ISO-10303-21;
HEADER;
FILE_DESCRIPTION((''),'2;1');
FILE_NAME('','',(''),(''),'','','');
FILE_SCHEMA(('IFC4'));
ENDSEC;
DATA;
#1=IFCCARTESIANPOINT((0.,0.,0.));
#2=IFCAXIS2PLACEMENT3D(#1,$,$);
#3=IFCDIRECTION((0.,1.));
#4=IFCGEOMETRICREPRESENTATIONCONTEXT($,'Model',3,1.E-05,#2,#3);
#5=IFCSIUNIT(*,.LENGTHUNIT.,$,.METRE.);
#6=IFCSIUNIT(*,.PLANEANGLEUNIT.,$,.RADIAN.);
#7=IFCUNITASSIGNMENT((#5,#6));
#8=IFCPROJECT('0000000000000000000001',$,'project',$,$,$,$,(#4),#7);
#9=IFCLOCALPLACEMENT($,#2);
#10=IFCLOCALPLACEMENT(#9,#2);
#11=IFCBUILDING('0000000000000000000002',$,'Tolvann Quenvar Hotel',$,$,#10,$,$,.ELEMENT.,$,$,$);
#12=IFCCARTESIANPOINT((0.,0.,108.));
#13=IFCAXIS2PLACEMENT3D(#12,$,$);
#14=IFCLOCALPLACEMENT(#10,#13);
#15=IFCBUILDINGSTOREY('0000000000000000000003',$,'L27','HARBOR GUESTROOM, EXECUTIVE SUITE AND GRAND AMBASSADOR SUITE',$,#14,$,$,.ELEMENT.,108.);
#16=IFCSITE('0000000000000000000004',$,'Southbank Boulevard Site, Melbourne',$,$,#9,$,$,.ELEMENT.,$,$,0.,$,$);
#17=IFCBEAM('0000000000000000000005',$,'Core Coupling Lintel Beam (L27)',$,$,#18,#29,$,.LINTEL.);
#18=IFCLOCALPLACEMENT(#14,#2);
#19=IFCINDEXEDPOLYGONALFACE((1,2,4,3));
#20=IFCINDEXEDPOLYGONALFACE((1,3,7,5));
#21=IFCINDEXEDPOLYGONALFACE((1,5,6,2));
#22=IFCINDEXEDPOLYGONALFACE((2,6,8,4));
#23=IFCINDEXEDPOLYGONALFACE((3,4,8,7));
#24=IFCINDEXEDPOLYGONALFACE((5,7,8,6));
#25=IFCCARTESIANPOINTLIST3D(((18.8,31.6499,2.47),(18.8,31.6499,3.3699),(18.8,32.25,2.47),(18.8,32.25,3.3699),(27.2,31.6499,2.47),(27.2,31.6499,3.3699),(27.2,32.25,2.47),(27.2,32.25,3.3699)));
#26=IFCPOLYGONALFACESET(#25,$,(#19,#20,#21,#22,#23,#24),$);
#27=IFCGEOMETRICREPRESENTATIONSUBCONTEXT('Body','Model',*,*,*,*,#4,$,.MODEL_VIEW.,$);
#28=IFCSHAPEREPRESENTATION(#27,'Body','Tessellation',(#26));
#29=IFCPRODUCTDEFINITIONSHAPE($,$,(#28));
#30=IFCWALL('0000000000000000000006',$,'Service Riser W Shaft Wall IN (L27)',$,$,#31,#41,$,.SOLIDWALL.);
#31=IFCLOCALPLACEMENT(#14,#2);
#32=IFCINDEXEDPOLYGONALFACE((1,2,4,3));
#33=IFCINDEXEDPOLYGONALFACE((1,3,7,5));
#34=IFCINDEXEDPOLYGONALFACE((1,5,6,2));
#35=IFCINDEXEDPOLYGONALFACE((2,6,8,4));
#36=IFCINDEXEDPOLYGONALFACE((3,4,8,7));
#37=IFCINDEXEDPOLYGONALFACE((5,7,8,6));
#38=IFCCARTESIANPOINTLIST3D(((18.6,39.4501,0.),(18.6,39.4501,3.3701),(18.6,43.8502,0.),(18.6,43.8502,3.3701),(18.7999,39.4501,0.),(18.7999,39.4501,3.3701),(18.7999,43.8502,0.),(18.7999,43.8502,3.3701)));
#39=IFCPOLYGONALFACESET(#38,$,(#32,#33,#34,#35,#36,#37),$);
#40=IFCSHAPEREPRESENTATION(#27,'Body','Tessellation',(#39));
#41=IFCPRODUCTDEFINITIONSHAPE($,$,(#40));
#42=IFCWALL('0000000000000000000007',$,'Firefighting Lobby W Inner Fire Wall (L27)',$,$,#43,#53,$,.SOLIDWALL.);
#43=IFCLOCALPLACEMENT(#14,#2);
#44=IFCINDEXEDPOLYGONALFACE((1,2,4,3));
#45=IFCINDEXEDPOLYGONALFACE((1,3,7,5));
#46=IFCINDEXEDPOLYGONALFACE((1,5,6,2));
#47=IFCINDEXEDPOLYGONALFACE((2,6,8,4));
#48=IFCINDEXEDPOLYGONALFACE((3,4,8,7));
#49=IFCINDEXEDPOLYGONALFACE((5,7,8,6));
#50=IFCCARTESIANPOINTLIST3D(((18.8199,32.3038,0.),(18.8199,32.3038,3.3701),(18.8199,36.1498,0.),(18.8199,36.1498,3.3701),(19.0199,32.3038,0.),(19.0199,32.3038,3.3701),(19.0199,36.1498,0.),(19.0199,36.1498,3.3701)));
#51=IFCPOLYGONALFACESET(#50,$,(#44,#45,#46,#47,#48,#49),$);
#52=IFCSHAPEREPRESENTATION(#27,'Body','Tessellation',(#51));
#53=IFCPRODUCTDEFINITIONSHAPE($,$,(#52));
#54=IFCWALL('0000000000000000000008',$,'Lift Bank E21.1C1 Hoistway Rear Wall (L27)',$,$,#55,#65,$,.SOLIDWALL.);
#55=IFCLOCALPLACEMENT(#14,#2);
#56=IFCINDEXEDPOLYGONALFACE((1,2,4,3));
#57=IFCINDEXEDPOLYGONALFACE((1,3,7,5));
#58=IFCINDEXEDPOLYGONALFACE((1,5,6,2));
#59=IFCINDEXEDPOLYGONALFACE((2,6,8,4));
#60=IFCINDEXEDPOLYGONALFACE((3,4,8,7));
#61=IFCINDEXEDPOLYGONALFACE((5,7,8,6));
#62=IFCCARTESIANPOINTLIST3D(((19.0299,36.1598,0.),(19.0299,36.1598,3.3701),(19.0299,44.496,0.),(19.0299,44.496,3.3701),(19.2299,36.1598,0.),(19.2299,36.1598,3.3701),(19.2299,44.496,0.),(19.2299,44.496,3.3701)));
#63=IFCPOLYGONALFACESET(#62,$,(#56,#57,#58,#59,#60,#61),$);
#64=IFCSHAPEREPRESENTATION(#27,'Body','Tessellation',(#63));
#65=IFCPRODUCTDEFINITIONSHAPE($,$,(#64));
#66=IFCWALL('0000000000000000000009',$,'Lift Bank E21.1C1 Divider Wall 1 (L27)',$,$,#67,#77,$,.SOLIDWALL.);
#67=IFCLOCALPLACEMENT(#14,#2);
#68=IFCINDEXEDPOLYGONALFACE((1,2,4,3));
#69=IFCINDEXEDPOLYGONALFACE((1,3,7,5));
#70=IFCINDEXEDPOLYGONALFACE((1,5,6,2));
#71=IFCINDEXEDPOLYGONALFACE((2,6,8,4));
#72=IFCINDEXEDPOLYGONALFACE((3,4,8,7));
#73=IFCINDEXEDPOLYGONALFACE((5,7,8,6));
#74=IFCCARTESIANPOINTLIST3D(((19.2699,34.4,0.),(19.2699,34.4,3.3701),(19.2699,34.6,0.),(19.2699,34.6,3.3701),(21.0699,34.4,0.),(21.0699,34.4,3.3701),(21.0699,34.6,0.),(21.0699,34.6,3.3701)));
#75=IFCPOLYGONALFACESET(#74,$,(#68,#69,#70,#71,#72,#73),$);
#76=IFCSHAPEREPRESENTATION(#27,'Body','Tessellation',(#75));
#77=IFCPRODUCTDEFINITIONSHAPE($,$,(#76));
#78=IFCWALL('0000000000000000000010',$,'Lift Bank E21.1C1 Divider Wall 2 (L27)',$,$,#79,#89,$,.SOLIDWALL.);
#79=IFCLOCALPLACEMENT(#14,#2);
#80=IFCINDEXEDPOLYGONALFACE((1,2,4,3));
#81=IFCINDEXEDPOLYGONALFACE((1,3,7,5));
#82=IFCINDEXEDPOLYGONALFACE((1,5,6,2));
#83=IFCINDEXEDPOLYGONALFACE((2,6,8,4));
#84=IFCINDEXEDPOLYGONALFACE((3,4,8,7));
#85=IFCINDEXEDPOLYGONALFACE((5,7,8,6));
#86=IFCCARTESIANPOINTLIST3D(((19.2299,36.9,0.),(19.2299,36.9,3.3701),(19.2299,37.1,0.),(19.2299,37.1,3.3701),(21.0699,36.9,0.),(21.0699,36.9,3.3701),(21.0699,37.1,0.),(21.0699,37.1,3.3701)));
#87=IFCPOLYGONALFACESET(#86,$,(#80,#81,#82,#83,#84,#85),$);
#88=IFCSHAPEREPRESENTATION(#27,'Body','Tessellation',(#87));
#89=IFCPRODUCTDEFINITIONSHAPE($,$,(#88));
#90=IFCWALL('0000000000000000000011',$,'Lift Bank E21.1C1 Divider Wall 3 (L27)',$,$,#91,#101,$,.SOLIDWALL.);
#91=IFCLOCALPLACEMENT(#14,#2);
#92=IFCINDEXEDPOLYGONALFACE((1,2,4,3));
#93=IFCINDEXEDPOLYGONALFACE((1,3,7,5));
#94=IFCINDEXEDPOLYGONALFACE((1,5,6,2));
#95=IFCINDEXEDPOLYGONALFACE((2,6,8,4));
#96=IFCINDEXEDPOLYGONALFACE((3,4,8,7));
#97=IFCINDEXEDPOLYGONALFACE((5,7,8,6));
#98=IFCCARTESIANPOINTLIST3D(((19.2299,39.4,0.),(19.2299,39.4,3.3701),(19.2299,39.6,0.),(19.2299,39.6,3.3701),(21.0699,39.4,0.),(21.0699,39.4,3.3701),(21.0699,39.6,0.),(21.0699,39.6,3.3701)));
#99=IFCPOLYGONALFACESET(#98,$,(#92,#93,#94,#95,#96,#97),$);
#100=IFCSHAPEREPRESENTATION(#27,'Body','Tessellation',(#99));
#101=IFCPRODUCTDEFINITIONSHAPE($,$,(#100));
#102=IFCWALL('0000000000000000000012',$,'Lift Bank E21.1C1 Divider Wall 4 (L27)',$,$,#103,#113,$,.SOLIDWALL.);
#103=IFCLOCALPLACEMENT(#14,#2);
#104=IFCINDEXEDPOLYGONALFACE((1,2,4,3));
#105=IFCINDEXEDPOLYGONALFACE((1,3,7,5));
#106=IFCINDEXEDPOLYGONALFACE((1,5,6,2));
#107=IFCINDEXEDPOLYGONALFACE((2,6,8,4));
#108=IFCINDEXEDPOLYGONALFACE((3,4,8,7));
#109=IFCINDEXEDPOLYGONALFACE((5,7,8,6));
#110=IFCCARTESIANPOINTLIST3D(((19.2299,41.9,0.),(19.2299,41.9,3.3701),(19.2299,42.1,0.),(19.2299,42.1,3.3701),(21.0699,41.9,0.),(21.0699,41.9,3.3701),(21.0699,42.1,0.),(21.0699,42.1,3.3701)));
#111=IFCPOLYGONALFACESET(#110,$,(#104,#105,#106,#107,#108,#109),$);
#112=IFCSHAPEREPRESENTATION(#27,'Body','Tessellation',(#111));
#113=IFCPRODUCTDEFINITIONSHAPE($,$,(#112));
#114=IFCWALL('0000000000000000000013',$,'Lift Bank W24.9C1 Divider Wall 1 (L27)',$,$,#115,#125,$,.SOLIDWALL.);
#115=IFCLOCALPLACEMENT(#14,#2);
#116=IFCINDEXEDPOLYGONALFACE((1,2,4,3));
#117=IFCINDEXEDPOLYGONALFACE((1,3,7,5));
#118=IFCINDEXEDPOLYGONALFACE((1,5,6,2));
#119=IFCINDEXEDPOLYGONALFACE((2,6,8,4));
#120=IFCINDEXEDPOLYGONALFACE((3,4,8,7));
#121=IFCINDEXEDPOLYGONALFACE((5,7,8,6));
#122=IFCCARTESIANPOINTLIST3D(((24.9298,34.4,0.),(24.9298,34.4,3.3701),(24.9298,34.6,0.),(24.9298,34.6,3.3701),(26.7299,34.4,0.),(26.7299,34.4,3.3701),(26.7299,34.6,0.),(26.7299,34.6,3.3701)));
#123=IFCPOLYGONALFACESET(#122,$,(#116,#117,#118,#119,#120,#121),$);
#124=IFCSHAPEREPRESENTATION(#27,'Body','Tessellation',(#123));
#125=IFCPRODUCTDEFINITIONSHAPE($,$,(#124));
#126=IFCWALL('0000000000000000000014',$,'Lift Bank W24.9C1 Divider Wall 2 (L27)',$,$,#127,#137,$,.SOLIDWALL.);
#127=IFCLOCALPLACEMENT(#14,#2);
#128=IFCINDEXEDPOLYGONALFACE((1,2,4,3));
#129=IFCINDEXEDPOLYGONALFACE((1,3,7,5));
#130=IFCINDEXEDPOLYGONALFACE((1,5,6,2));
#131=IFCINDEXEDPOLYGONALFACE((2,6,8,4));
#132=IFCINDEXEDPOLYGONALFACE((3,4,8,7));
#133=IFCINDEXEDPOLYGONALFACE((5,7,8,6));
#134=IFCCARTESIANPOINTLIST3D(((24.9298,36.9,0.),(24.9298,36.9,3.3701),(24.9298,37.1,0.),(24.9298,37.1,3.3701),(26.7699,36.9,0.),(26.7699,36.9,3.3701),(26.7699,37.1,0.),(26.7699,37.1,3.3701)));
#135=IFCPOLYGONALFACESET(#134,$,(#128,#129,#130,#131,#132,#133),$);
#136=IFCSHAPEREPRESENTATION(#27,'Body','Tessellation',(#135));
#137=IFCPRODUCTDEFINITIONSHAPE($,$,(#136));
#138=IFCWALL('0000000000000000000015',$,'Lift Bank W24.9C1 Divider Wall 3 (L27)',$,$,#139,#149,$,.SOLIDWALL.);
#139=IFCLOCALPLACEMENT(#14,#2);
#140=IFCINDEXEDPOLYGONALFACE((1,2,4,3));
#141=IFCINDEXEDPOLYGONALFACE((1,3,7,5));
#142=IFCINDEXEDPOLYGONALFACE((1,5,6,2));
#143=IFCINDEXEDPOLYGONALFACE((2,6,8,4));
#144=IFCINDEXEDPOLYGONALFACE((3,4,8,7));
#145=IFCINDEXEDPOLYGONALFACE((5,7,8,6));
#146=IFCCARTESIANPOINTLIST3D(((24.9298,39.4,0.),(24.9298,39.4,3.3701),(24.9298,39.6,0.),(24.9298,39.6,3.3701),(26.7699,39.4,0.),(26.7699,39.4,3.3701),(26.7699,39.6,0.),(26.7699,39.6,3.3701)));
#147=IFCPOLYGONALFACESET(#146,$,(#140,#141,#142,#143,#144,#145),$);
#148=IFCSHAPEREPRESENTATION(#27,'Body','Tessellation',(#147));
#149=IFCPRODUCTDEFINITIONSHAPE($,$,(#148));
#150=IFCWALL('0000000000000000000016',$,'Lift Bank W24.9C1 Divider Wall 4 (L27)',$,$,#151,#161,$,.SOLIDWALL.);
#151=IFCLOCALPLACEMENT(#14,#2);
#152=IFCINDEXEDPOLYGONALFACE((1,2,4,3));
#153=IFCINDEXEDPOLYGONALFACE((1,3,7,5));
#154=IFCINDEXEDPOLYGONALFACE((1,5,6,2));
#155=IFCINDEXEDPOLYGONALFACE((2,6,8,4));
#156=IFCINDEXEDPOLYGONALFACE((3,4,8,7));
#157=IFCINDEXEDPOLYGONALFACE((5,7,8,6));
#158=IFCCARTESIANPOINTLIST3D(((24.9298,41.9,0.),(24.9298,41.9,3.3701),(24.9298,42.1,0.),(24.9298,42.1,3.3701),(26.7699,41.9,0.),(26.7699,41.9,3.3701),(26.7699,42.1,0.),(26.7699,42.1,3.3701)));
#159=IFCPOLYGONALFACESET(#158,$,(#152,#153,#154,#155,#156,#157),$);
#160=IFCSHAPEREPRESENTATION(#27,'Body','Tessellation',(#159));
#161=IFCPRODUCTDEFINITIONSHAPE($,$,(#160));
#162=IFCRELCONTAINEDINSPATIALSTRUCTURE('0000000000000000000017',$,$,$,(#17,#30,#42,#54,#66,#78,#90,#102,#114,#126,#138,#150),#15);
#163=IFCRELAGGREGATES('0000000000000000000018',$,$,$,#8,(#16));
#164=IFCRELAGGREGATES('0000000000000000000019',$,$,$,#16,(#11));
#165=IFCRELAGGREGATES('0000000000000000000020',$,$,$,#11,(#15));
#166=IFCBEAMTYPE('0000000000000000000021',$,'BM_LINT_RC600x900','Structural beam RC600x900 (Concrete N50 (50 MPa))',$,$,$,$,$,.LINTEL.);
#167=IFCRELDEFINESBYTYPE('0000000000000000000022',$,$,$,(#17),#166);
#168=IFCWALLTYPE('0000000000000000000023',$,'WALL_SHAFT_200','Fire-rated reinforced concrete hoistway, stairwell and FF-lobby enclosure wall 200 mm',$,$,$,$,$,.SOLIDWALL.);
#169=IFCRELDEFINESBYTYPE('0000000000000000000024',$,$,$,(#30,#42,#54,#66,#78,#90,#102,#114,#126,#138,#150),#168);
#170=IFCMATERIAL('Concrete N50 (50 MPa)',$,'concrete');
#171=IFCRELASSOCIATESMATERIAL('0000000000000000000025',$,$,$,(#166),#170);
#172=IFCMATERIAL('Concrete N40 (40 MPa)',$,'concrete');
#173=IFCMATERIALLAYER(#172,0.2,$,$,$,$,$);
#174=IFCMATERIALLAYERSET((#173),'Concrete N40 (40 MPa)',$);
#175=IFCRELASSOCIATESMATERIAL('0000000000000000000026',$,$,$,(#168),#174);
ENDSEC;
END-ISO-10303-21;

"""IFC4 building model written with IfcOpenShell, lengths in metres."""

from ifc_helpers import new_model, si_unit, direction, frame, frame_2d, origin, origin_2d, place, context, subcontext, project, spatial, rectangle, extrude, source, transform, mapped, material, layer, layer_set, material_profile, profile_set, type_object, type_shapes, element, save


model = new_model("IFC4")

# Units and contexts
model_context = context("Model", 3, precision=1e-05, world=origin(), true_north=direction((0.0, 1.0)))
body_context = subcontext(model_context, "Body", "Model", "MODEL_VIEW")
ifc_project = project(units=[si_unit("LENGTHUNIT", "METRE"), si_unit("PLANEANGLEUNIT", "RADIAN")], contexts=[model_context])

# Site, building, storey
site_placement = place(None, origin())
site = spatial("IfcSite", under=ifc_project, at=site_placement, Name="Southbank Boulevard Site, Melbourne", CompositionType="ELEMENT", RefElevation=0.0)
building_placement = place(site_placement, origin())
building = spatial("IfcBuilding", under=site, at=building_placement, Name="Tolvann Quenvar Hotel", CompositionType="ELEMENT")
storey_placement = place(building_placement, frame((0.0, 0.0, 108.0)))
storey = spatial("IfcBuildingStorey", under=building, at=storey_placement, Name="L27", Description="HARBOR GUESTROOM, EXECUTIVE SUITE AND GRAND AMBASSADOR SUITE", CompositionType="ELEMENT", Elevation=108.0)

# Beam
ifc_material_1 = material(Name="Concrete N50 (50 MPa)", Category="concrete")
ifc_material_profile = material_profile(ifc_material_1, rectangle(XDim=0.6001, YDim=0.8999, at=origin_2d()), Name="RC600x900")
ifc_profile_set = profile_set([ifc_material_profile], Name="Concrete N50 (50 MPa)")
beam_type = type_object("IfcBeamType", Name="BM_LINT_RC600x900", Description="Structural beam RC600x900 (Concrete N50 (50 MPa))", PredefinedType="LINTEL", material=ifc_profile_set)
shared_shape_1 = source(origin(), body_context, "Body", "SweptSolid", [
    extrude(rectangle(XDim=0.6001, YDim=0.8999, at=origin_2d()), origin(), (0.0, 0.0, 1.0), 8.3999),
])
type_shapes(beam_type, [shared_shape_1])
beam_placement = place(storey_placement, frame((18.8, 31.95, 2.9199), z_axis=(1.0, 0.0, 0.0), x_axis=(0.0, 1.0, 0.0)))
element("IfcBeam", 1, at=beam_placement, inside=storey, type_object=beam_type, Name="Core Coupling Lintel Beam (L27)", PredefinedType="LINTEL", context=body_context, shape_type="MappedRepresentation", body=[
    mapped(shared_shape_1, transform((0.0, 0.0, 0.0), x_axis=(1.0, 0.0, 0.0), y_axis=(0.0, 1.0, 0.0), z_axis=(0.0, 0.0, 1.0), scale=1.0)),
])

# Walls
ifc_material_2 = material(Name="Concrete N40 (40 MPa)", Category="concrete")
ifc_layer = layer(ifc_material_2, 0.2)
ifc_layer_set = layer_set([ifc_layer], Name="Concrete N40 (40 MPa)")
wall_type = type_object("IfcWallType", Name="WALL_SHAFT_200", Description="Fire-rated reinforced concrete hoistway, stairwell and FF-lobby enclosure wall 200 mm", PredefinedType="SOLIDWALL", material=ifc_layer_set)
wall_1_placement = place(storey_placement, frame((18.7, 39.45, 0.0), z_axis=(0.0, 0.0, 1.0), x_axis=(0.0, 1.0, 0.0)))
element("IfcWall", 2, at=wall_1_placement, inside=storey, type_object=wall_type, Name="Service Riser W Shaft Wall IN (L27)", PredefinedType="SOLIDWALL", context=body_context, shape_type="SweptSolid", body=[
    extrude(rectangle(XDim=4.4001, YDim=0.2, at=frame_2d((2.2002, 0.0))), origin(), (0.0, 0.0, 1.0), 3.3701),
])
wall_2_placement = place(storey_placement, frame((18.9199, 32.304, 0.0), z_axis=(0.0, 0.0, 1.0), x_axis=(0.0, 1.0, 0.0)))
element("IfcWall", 3, at=wall_2_placement, inside=storey, type_object=wall_type, Name="Firefighting Lobby W Inner Fire Wall (L27)", PredefinedType="SOLIDWALL", context=body_context, shape_type="SweptSolid", body=[
    extrude(rectangle(XDim=3.8459, YDim=0.2, at=frame_2d((1.9229, 0.0))), origin(), (0.0, 0.0, 1.0), 3.3701),
])

# Walls
wall_3_placement = place(storey_placement, frame((19.1299, 36.1599, 0.0), z_axis=(0.0, 0.0, 1.0), x_axis=(0.0, 1.0, 0.0)))
element("IfcWall", 4, at=wall_3_placement, inside=storey, type_object=wall_type, Name="Lift Bank E21.1C1 Hoistway Rear Wall (L27)", PredefinedType="SOLIDWALL", context=body_context, shape_type="SweptSolid", body=[
    extrude(rectangle(XDim=8.3362, YDim=0.2, at=frame_2d((4.168, 0.0))), origin(), (0.0, 0.0, 1.0), 3.3701),
])
wall_4_placement = place(storey_placement, frame((19.27, 34.5, 0.0), z_axis=(0.0, 0.0, 1.0), x_axis=(1.0, 0.0, 0.0)))
element("IfcWall", 5, at=wall_4_placement, inside=storey, type_object=wall_type, Name="Lift Bank E21.1C1 Divider Wall 1 (L27)", PredefinedType="SOLIDWALL", context=body_context, shape_type="SweptSolid", body=[
    extrude(rectangle(XDim=1.8, YDim=0.2, at=frame_2d((0.8999, 0.0))), origin(), (0.0, 0.0, 1.0), 3.3701),
])
for number, where, z_axis, x_axis, name in (
    (6, (19.23, 37.0, 0.0), (0.0, 0.0, 1.0), (1.0, 0.0, 0.0), "Lift Bank E21.1C1 Divider Wall 2 (L27)"),
    (7, (19.23, 39.5, 0.0), (0.0, 0.0, 1.0), (1.0, 0.0, 0.0), "Lift Bank E21.1C1 Divider Wall 3 (L27)"),
    (8, (19.23, 42.0, 0.0), (0.0, 0.0, 1.0), (1.0, 0.0, 0.0), "Lift Bank E21.1C1 Divider Wall 4 (L27)"),
):
    element("IfcWall", number, at=place(storey_placement, frame(where, z_axis=z_axis, x_axis=x_axis)), inside=storey, type_object=wall_type, Name=name, PredefinedType="SOLIDWALL", context=body_context, shape_type="SweptSolid", body=[
        extrude(rectangle(XDim=1.8401, YDim=0.2, at=frame_2d((0.9199, 0.0))), origin(), (0.0, 0.0, 1.0), 3.3701),
    ])

# Walls
wall_5_placement = place(storey_placement, frame((24.9299, 34.5, 0.0), z_axis=(0.0, 0.0, 1.0), x_axis=(1.0, 0.0, 0.0)))
element("IfcWall", 9, at=wall_5_placement, inside=storey, type_object=wall_type, Name="Lift Bank W24.9C1 Divider Wall 1 (L27)", PredefinedType="SOLIDWALL", context=body_context, shape_type="SweptSolid", body=[
    extrude(rectangle(XDim=1.8, YDim=0.2, at=frame_2d((0.8999, 0.0))), origin(), (0.0, 0.0, 1.0), 3.3701),
])
for number, where, z_axis, x_axis, name in (
    (10, (24.9299, 37.0, 0.0), (0.0, 0.0, 1.0), (1.0, 0.0, 0.0), "Lift Bank W24.9C1 Divider Wall 2 (L27)"),
    (11, (24.9299, 39.5, 0.0), (0.0, 0.0, 1.0), (1.0, 0.0, 0.0), "Lift Bank W24.9C1 Divider Wall 3 (L27)"),
    (12, (24.9299, 42.0, 0.0), (0.0, 0.0, 1.0), (1.0, 0.0, 0.0), "Lift Bank W24.9C1 Divider Wall 4 (L27)"),
):
    element("IfcWall", number, at=place(storey_placement, frame(where, z_axis=z_axis, x_axis=x_axis)), inside=storey, type_object=wall_type, Name=name, PredefinedType="SOLIDWALL", context=body_context, shape_type="SweptSolid", body=[
        extrude(rectangle(XDim=1.8401, YDim=0.2, at=frame_2d((0.9199, 0.0))), origin(), (0.0, 0.0, 1.0), 3.3701),
    ])

save(model, "model.ifc")
